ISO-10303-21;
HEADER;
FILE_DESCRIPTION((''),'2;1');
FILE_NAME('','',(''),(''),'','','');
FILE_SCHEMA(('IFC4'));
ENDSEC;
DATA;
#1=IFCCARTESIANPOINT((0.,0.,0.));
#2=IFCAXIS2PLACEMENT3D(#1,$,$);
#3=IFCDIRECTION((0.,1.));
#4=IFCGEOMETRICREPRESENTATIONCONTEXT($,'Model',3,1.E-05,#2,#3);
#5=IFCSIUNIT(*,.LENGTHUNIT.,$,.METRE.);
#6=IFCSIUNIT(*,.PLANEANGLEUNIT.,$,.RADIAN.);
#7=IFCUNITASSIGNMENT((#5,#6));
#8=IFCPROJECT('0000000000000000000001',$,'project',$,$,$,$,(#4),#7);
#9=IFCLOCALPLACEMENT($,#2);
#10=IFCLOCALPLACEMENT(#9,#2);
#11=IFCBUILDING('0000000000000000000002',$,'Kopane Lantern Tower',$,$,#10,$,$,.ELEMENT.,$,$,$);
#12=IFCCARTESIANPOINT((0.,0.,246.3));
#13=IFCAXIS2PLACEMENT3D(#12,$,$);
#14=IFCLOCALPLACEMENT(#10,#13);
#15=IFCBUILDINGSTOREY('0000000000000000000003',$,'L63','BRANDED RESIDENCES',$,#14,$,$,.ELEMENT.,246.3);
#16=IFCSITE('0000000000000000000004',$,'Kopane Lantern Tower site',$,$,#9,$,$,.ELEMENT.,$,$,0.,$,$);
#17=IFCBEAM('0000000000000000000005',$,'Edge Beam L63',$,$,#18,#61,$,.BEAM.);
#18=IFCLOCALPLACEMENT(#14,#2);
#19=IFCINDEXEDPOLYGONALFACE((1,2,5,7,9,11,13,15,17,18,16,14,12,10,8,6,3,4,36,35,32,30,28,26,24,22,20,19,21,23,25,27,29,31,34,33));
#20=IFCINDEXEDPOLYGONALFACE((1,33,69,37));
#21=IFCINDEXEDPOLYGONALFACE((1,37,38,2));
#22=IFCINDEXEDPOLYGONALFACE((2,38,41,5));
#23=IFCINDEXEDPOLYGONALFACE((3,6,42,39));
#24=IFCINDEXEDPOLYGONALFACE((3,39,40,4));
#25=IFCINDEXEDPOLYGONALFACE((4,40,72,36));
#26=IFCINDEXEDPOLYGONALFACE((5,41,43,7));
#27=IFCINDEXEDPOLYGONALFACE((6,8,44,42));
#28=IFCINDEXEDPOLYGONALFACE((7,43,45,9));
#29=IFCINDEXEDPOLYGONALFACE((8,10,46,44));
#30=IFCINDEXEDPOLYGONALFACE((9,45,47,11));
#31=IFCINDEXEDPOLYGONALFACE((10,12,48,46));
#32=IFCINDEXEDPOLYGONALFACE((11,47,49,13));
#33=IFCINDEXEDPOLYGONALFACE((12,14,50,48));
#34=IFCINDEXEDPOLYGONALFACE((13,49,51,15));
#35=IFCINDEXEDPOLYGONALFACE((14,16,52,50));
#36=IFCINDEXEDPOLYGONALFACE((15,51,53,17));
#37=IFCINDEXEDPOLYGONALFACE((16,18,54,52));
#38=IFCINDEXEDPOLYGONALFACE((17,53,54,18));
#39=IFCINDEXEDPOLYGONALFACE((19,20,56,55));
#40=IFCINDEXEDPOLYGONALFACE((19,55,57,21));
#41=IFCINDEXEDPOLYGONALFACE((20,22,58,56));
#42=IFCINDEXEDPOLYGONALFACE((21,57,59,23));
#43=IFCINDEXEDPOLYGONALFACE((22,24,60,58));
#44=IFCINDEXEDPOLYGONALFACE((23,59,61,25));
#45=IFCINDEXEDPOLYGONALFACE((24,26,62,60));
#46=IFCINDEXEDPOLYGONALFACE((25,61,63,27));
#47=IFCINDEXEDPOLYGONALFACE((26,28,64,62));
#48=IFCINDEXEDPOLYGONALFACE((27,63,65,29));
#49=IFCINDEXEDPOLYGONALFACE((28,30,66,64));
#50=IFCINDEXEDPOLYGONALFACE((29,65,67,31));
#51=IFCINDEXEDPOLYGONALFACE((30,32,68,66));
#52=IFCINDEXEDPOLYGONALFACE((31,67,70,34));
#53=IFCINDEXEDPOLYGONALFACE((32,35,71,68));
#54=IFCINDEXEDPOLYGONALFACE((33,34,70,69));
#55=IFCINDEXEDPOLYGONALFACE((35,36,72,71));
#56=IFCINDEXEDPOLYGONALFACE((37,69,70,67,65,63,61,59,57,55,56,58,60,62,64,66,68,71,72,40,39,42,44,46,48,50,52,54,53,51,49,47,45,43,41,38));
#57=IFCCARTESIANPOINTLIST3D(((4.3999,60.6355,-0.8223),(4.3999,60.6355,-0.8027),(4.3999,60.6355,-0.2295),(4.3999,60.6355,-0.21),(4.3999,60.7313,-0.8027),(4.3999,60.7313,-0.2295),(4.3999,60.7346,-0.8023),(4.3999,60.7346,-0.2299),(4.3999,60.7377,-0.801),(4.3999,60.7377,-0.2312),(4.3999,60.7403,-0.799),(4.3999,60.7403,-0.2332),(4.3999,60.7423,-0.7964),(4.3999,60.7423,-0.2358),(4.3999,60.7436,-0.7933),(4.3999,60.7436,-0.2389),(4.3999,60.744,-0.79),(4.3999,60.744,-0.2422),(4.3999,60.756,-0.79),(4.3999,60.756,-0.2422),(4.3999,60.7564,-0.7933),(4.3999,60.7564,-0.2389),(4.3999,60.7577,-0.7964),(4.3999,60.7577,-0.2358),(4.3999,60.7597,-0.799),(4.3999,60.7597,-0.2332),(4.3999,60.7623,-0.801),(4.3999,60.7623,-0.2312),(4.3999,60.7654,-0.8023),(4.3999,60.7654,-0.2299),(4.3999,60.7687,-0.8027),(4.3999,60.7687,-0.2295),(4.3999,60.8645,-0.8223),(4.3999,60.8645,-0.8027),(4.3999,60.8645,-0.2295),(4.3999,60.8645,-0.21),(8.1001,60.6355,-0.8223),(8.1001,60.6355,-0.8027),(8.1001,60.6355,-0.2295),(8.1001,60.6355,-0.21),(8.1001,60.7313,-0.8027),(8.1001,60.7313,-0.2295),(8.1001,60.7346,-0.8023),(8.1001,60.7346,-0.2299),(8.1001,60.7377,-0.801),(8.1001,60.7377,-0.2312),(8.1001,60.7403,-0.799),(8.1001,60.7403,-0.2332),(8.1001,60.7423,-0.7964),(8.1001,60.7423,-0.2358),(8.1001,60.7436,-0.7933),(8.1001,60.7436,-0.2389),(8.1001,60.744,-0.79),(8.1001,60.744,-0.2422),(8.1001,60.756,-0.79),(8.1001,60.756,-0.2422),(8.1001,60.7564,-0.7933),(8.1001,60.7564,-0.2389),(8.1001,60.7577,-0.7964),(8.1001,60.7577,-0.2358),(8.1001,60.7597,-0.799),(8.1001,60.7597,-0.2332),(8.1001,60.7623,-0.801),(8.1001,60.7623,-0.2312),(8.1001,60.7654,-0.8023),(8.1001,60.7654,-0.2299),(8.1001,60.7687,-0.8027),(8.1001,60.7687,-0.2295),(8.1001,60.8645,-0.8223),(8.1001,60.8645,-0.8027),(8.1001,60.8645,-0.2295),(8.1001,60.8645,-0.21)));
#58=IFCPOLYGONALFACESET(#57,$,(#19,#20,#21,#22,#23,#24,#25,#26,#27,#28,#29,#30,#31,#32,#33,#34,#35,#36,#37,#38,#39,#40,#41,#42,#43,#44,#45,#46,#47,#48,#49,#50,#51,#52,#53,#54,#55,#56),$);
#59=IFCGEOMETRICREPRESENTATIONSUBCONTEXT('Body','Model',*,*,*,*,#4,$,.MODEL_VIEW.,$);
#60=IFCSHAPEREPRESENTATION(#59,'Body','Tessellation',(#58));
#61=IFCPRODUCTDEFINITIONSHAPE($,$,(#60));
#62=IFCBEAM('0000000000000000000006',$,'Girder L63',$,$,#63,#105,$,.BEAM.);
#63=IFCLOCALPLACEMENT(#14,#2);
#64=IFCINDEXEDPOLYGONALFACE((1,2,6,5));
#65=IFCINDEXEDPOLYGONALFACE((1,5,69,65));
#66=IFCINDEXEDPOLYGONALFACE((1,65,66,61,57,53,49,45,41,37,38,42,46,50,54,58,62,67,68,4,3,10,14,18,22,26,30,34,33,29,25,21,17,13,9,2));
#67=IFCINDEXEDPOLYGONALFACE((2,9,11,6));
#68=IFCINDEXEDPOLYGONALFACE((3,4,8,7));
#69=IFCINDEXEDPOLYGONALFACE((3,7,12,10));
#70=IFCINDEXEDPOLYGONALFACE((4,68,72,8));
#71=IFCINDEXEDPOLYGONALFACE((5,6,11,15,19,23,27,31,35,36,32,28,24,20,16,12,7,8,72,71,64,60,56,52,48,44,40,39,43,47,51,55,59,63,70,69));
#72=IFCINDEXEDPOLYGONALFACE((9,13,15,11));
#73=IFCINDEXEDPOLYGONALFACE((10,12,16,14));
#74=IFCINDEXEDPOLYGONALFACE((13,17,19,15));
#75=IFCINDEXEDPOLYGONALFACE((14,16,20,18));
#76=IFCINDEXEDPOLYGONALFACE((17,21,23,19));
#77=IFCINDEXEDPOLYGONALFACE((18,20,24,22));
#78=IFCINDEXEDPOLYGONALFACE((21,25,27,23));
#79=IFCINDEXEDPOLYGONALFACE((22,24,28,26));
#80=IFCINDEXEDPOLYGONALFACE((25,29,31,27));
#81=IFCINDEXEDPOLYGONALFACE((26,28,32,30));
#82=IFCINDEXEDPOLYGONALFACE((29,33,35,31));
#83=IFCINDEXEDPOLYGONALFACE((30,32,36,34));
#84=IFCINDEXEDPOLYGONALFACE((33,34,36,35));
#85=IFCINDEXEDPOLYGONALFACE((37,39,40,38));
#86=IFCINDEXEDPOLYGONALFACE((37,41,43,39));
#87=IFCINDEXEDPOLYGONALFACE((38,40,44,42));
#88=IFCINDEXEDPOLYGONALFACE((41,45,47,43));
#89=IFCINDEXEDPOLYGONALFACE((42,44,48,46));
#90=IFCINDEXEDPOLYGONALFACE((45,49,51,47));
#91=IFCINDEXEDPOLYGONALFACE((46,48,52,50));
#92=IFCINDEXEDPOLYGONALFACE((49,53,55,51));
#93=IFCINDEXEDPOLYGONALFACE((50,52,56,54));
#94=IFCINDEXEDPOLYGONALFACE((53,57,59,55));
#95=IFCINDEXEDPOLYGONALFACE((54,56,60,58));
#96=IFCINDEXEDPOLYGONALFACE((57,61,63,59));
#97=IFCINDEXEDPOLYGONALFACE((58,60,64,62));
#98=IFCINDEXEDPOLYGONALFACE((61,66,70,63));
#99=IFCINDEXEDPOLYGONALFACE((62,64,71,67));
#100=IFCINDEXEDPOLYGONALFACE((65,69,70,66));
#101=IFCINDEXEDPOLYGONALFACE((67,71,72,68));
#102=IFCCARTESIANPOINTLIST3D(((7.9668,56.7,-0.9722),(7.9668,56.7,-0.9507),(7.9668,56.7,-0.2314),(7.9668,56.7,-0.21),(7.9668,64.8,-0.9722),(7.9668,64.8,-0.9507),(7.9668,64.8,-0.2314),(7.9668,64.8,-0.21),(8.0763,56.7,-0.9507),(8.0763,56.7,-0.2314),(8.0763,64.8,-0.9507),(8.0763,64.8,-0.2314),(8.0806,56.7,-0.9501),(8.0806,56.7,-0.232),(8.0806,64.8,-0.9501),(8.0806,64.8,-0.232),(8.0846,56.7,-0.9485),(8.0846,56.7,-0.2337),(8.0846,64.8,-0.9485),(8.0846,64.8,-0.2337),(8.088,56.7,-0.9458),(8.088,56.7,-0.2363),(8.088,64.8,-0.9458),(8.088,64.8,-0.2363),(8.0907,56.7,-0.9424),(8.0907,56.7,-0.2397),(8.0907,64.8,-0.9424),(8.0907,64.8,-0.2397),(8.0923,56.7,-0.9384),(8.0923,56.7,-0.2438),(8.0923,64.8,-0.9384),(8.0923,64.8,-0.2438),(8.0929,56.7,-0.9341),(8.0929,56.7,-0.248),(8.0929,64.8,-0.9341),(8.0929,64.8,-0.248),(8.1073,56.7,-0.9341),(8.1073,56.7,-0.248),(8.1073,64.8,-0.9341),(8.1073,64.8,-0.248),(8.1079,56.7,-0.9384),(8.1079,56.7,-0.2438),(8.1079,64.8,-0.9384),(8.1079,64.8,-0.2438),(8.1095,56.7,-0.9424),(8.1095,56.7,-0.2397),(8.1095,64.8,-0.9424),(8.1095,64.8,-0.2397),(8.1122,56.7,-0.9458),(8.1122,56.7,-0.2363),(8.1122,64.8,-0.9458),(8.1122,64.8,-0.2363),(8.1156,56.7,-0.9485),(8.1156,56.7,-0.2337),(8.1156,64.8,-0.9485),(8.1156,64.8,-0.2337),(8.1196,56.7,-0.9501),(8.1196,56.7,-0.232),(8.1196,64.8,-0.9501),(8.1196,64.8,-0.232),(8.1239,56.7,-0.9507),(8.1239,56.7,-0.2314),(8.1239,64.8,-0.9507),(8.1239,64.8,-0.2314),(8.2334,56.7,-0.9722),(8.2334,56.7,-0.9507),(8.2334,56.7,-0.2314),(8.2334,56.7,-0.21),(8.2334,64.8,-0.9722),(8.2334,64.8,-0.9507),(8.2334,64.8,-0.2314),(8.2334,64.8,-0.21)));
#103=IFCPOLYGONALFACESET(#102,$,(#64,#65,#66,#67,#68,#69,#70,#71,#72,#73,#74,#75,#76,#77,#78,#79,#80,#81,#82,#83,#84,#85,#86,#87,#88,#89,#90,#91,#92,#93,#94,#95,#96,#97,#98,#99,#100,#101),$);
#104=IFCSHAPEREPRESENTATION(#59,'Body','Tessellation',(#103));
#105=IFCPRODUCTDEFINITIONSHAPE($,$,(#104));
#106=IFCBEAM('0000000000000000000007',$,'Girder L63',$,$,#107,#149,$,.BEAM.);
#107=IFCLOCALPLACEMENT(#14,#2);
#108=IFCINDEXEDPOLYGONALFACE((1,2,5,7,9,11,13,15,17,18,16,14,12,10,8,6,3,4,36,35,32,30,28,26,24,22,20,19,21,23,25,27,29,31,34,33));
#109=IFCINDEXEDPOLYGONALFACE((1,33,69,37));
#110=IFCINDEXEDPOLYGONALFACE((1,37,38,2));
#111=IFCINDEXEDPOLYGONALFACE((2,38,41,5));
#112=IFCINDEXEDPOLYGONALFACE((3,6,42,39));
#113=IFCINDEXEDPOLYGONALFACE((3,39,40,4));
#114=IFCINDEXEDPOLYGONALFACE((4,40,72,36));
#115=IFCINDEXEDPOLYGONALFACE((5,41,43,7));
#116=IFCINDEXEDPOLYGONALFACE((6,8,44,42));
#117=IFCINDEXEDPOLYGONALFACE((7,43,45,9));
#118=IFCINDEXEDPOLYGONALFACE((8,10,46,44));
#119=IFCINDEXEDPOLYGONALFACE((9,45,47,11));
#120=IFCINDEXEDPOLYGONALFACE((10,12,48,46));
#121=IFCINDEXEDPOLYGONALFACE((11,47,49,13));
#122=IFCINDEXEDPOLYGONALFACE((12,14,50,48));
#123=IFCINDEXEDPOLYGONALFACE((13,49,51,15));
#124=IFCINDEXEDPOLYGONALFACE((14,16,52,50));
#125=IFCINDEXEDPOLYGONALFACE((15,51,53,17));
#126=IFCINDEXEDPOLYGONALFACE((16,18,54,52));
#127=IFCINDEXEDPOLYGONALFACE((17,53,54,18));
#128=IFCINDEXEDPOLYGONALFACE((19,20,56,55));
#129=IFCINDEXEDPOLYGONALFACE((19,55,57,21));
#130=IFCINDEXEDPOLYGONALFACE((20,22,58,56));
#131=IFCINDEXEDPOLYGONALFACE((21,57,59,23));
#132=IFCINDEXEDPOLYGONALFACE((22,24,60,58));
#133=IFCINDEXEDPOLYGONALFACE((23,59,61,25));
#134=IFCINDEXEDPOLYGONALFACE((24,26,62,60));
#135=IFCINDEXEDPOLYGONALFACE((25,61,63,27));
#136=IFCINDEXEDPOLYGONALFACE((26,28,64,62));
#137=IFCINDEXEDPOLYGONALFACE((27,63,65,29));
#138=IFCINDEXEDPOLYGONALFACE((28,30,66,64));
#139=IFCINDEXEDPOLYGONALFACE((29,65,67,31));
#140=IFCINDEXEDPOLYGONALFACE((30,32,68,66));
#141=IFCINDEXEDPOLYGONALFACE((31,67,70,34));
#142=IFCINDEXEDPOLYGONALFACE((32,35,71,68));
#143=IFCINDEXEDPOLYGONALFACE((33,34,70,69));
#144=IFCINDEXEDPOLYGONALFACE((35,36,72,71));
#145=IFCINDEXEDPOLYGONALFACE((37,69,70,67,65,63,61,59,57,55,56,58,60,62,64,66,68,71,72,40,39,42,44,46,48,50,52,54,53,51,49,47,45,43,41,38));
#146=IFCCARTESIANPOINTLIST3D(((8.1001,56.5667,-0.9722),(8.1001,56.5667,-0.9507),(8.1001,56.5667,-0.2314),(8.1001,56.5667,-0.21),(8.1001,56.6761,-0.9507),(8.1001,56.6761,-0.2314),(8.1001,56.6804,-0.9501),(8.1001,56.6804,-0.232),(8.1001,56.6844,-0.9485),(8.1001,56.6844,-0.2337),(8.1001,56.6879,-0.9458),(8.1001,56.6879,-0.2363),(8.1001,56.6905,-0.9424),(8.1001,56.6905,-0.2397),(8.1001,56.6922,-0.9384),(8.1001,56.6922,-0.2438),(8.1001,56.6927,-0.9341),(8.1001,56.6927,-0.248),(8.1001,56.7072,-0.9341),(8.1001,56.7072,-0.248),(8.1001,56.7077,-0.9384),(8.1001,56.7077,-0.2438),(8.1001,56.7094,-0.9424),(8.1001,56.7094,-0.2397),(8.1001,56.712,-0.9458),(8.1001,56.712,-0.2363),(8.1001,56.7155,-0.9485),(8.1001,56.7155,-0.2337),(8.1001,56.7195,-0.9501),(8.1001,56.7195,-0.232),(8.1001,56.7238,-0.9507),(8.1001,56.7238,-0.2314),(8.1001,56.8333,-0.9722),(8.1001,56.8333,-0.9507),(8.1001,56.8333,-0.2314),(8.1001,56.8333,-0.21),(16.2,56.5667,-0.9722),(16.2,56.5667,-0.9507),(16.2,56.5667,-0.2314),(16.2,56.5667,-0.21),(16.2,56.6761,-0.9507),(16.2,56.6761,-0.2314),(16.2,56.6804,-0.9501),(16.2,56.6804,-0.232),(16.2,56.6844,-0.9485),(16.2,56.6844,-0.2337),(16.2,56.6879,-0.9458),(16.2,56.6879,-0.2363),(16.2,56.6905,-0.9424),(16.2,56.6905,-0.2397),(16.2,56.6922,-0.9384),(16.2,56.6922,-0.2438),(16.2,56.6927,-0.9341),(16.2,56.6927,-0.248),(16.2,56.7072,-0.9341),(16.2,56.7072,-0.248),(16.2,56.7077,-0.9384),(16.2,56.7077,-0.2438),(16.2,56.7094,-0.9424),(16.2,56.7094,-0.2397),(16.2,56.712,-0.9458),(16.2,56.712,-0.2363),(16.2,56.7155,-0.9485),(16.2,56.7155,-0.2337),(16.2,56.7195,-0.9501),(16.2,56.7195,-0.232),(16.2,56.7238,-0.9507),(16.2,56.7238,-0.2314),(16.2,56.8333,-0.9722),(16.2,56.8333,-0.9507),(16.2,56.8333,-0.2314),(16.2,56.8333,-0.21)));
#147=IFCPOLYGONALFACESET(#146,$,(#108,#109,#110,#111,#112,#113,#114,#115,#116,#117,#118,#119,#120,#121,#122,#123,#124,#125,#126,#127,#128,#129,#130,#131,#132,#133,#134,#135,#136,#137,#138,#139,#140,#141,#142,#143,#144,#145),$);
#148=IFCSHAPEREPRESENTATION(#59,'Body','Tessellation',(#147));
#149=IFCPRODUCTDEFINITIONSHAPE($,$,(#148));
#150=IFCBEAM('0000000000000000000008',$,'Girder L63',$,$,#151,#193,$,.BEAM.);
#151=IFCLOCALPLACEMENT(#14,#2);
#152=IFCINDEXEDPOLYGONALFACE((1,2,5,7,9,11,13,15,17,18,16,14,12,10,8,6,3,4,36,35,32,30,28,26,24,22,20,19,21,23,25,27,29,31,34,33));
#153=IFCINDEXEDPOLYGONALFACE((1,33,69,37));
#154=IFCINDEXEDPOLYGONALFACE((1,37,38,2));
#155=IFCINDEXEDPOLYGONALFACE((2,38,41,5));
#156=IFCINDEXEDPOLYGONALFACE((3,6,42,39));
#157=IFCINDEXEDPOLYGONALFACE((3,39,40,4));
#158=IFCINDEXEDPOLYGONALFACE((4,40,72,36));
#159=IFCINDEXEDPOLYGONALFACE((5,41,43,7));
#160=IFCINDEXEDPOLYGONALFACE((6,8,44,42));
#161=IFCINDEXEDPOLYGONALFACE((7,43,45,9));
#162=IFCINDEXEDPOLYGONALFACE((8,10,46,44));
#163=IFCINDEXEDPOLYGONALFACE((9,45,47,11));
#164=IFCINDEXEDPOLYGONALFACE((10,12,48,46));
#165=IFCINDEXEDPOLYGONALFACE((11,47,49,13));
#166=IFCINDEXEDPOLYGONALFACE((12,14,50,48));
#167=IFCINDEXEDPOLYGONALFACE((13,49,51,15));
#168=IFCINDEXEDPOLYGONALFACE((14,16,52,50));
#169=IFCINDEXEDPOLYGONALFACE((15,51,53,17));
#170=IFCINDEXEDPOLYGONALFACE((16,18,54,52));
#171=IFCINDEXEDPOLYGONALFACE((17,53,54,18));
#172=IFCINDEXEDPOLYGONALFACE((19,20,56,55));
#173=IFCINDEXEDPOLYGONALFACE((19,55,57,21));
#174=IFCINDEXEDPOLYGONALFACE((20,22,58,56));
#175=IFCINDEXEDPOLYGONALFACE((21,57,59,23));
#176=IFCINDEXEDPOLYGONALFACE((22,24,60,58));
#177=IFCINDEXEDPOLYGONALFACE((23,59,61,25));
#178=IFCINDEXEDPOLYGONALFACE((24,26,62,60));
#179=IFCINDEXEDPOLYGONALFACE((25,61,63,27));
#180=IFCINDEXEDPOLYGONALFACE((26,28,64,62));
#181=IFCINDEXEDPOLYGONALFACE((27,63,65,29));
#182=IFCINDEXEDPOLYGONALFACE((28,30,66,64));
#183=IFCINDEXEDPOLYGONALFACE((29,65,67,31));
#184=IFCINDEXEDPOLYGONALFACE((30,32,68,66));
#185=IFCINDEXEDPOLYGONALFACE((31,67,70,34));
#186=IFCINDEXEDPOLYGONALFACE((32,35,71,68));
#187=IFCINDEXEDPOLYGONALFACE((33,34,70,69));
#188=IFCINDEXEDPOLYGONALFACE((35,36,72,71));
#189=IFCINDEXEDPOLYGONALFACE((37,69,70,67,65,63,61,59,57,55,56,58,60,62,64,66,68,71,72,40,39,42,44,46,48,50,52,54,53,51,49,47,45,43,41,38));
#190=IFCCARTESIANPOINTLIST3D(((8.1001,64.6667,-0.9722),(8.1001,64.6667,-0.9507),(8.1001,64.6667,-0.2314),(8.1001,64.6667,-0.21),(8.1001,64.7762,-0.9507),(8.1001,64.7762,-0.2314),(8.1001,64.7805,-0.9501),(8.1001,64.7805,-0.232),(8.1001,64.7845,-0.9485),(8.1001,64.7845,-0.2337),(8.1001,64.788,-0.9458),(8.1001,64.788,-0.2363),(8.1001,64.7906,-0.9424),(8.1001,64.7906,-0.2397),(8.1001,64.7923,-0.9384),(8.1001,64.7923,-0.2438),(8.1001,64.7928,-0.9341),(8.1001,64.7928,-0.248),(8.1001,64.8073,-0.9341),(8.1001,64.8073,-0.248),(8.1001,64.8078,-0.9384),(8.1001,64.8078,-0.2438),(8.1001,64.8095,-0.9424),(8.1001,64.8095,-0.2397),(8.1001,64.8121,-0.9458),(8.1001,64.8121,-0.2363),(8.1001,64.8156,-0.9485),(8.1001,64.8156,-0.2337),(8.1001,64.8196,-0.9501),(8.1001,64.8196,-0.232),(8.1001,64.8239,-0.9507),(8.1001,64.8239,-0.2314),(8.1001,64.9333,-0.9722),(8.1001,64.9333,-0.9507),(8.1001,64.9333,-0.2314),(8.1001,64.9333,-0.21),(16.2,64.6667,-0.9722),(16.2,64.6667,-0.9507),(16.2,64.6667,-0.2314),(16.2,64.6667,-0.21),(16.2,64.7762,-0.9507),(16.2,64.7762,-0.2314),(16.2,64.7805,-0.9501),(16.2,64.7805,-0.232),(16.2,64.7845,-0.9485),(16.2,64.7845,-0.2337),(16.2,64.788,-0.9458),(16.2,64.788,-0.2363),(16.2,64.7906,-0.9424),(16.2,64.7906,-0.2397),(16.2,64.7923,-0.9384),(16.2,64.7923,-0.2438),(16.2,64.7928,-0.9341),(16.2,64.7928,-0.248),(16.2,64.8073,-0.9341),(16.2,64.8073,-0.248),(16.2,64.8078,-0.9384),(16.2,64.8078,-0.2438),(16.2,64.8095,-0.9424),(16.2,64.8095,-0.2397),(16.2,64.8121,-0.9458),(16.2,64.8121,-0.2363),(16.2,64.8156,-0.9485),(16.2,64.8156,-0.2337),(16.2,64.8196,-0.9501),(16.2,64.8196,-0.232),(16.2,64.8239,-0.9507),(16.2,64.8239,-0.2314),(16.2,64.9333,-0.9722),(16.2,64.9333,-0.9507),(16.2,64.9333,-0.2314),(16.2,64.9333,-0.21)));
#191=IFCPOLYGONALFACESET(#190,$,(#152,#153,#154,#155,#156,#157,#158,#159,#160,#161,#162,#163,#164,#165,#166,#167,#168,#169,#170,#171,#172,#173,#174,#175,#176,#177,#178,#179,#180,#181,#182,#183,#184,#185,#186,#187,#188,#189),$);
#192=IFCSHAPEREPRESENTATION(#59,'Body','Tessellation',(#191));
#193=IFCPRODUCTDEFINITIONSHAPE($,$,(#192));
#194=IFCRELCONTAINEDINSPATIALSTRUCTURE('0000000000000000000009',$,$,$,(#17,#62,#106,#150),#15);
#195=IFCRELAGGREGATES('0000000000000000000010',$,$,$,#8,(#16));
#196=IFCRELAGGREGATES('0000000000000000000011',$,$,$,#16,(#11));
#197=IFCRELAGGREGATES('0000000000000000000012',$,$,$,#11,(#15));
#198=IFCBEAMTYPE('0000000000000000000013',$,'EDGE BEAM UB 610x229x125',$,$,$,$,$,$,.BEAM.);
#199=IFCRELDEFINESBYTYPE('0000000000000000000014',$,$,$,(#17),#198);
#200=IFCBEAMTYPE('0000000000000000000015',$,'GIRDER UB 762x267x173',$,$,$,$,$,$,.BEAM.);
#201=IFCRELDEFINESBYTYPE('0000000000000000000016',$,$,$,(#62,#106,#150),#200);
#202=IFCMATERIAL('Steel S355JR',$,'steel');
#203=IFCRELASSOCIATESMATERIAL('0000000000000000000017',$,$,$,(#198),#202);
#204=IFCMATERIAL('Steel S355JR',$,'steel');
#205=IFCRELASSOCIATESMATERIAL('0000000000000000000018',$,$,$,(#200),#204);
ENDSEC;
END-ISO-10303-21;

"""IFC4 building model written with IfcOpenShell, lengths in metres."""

from ifc_helpers import new_model, si_unit, direction, frame, origin, origin_2d, place, context, subcontext, project, spatial, i_section, extrude, material, material_profile, profile_set, type_object, element, save


model = new_model("IFC4")

# Units and contexts
model_context = context("Model", 3, precision=1e-05, world=origin(), true_north=direction((0.0, 1.0)))
body_context = subcontext(model_context, "Body", "Model", "MODEL_VIEW")
ifc_project = project(units=[si_unit("LENGTHUNIT", "METRE"), si_unit("PLANEANGLEUNIT", "RADIAN")], contexts=[model_context])

# Site, building, storey
site_placement = place(None, origin())
site = spatial("IfcSite", under=ifc_project, at=site_placement, Name="Kopane Lantern Tower site", CompositionType="ELEMENT", RefElevation=0.0)
building_placement = place(site_placement, origin())
building = spatial("IfcBuilding", under=site, at=building_placement, Name="Kopane Lantern Tower", CompositionType="ELEMENT")
storey_placement = place(building_placement, frame((0.0, 0.0, 246.3)))
storey = spatial("IfcBuildingStorey", under=building, at=storey_placement, Name="L63", Description="BRANDED RESIDENCES", CompositionType="ELEMENT", Elevation=246.3)

# Beams
ifc_material_1 = material(Name="Steel S355JR", Category="steel")
ifc_material_profile_1 = material_profile(ifc_material_1, i_section(OverallWidth=0.229, OverallDepth=0.6123, WebThickness=0.012, FlangeThickness=0.0195, FilletRadius=0.0127, at=origin_2d()), Name="UB 610x229x125")
ifc_profile_set_1 = profile_set([ifc_material_profile_1], Name="Steel S355JR")
beam_type_1 = type_object("IfcBeamType", Name="EDGE BEAM UB 610x229x125", PredefinedType="BEAM", material=ifc_profile_set_1)
beam_1_placement = place(storey_placement, frame((4.3999, 60.75, -0.5161), z_axis=(1.0, 0.0, 0.0), x_axis=(0.0, 1.0, 0.0)))
element("IfcBeam", 1, at=beam_1_placement, inside=storey, type_object=beam_type_1, Name="Edge Beam L63", PredefinedType="BEAM", context=body_context, shape_type="SweptSolid", body=[
    extrude(i_section(OverallWidth=0.229, OverallDepth=0.6123, WebThickness=0.012, FlangeThickness=0.0195, FilletRadius=0.0127, at=origin_2d()), origin(), (0.0, 0.0, 1.0), 3.7002),
])
ifc_material_2 = material(Name="Steel S355JR", Category="steel")
ifc_material_profile_2 = material_profile(ifc_material_2, i_section(OverallWidth=0.2666, OverallDepth=0.7622, WebThickness=0.0144, FlangeThickness=0.0215, FilletRadius=0.0166, at=origin_2d()), Name="UB 762x267x173")
ifc_profile_set_2 = profile_set([ifc_material_profile_2], Name="Steel S355JR")
beam_type_2 = type_object("IfcBeamType", Name="GIRDER UB 762x267x173", PredefinedType="BEAM", material=ifc_profile_set_2)
beam_2_placement = place(storey_placement, frame((8.1001, 56.7, -0.5911), z_axis=(0.0, 1.0, 0.0), x_axis=(-1.0, 0.0, 0.0)))
element("IfcBeam", 2, at=beam_2_placement, inside=storey, type_object=beam_type_2, Name="Girder L63", PredefinedType="BEAM", context=body_context, shape_type="SweptSolid", body=[
    extrude(i_section(OverallWidth=0.2666, OverallDepth=0.7622, WebThickness=0.0144, FlangeThickness=0.0215, FilletRadius=0.0166, at=origin_2d()), origin(), (0.0, 0.0, 1.0), 8.1001),
])
for number, where, z_axis, x_axis, name in (
    (3, (8.1001, 56.7, -0.5911), (1.0, 0.0, 0.0), (0.0, 1.0, 0.0), "Girder L63"),
    (4, (8.1001, 64.8, -0.5911), (1.0, 0.0, 0.0), (0.0, 1.0, 0.0), "Girder L63"),
):
    element("IfcBeam", number, at=place(storey_placement, frame(where, z_axis=z_axis, x_axis=x_axis)), inside=storey, type_object=beam_type_2, Name=name, PredefinedType="BEAM", context=body_context, shape_type="SweptSolid", body=[
        extrude(i_section(OverallWidth=0.2666, OverallDepth=0.7622, WebThickness=0.0144, FlangeThickness=0.0215, FilletRadius=0.0166, at=origin_2d()), origin(), (0.0, 0.0, 1.0), 8.0999),
    ])

save(model, "model.ifc")
